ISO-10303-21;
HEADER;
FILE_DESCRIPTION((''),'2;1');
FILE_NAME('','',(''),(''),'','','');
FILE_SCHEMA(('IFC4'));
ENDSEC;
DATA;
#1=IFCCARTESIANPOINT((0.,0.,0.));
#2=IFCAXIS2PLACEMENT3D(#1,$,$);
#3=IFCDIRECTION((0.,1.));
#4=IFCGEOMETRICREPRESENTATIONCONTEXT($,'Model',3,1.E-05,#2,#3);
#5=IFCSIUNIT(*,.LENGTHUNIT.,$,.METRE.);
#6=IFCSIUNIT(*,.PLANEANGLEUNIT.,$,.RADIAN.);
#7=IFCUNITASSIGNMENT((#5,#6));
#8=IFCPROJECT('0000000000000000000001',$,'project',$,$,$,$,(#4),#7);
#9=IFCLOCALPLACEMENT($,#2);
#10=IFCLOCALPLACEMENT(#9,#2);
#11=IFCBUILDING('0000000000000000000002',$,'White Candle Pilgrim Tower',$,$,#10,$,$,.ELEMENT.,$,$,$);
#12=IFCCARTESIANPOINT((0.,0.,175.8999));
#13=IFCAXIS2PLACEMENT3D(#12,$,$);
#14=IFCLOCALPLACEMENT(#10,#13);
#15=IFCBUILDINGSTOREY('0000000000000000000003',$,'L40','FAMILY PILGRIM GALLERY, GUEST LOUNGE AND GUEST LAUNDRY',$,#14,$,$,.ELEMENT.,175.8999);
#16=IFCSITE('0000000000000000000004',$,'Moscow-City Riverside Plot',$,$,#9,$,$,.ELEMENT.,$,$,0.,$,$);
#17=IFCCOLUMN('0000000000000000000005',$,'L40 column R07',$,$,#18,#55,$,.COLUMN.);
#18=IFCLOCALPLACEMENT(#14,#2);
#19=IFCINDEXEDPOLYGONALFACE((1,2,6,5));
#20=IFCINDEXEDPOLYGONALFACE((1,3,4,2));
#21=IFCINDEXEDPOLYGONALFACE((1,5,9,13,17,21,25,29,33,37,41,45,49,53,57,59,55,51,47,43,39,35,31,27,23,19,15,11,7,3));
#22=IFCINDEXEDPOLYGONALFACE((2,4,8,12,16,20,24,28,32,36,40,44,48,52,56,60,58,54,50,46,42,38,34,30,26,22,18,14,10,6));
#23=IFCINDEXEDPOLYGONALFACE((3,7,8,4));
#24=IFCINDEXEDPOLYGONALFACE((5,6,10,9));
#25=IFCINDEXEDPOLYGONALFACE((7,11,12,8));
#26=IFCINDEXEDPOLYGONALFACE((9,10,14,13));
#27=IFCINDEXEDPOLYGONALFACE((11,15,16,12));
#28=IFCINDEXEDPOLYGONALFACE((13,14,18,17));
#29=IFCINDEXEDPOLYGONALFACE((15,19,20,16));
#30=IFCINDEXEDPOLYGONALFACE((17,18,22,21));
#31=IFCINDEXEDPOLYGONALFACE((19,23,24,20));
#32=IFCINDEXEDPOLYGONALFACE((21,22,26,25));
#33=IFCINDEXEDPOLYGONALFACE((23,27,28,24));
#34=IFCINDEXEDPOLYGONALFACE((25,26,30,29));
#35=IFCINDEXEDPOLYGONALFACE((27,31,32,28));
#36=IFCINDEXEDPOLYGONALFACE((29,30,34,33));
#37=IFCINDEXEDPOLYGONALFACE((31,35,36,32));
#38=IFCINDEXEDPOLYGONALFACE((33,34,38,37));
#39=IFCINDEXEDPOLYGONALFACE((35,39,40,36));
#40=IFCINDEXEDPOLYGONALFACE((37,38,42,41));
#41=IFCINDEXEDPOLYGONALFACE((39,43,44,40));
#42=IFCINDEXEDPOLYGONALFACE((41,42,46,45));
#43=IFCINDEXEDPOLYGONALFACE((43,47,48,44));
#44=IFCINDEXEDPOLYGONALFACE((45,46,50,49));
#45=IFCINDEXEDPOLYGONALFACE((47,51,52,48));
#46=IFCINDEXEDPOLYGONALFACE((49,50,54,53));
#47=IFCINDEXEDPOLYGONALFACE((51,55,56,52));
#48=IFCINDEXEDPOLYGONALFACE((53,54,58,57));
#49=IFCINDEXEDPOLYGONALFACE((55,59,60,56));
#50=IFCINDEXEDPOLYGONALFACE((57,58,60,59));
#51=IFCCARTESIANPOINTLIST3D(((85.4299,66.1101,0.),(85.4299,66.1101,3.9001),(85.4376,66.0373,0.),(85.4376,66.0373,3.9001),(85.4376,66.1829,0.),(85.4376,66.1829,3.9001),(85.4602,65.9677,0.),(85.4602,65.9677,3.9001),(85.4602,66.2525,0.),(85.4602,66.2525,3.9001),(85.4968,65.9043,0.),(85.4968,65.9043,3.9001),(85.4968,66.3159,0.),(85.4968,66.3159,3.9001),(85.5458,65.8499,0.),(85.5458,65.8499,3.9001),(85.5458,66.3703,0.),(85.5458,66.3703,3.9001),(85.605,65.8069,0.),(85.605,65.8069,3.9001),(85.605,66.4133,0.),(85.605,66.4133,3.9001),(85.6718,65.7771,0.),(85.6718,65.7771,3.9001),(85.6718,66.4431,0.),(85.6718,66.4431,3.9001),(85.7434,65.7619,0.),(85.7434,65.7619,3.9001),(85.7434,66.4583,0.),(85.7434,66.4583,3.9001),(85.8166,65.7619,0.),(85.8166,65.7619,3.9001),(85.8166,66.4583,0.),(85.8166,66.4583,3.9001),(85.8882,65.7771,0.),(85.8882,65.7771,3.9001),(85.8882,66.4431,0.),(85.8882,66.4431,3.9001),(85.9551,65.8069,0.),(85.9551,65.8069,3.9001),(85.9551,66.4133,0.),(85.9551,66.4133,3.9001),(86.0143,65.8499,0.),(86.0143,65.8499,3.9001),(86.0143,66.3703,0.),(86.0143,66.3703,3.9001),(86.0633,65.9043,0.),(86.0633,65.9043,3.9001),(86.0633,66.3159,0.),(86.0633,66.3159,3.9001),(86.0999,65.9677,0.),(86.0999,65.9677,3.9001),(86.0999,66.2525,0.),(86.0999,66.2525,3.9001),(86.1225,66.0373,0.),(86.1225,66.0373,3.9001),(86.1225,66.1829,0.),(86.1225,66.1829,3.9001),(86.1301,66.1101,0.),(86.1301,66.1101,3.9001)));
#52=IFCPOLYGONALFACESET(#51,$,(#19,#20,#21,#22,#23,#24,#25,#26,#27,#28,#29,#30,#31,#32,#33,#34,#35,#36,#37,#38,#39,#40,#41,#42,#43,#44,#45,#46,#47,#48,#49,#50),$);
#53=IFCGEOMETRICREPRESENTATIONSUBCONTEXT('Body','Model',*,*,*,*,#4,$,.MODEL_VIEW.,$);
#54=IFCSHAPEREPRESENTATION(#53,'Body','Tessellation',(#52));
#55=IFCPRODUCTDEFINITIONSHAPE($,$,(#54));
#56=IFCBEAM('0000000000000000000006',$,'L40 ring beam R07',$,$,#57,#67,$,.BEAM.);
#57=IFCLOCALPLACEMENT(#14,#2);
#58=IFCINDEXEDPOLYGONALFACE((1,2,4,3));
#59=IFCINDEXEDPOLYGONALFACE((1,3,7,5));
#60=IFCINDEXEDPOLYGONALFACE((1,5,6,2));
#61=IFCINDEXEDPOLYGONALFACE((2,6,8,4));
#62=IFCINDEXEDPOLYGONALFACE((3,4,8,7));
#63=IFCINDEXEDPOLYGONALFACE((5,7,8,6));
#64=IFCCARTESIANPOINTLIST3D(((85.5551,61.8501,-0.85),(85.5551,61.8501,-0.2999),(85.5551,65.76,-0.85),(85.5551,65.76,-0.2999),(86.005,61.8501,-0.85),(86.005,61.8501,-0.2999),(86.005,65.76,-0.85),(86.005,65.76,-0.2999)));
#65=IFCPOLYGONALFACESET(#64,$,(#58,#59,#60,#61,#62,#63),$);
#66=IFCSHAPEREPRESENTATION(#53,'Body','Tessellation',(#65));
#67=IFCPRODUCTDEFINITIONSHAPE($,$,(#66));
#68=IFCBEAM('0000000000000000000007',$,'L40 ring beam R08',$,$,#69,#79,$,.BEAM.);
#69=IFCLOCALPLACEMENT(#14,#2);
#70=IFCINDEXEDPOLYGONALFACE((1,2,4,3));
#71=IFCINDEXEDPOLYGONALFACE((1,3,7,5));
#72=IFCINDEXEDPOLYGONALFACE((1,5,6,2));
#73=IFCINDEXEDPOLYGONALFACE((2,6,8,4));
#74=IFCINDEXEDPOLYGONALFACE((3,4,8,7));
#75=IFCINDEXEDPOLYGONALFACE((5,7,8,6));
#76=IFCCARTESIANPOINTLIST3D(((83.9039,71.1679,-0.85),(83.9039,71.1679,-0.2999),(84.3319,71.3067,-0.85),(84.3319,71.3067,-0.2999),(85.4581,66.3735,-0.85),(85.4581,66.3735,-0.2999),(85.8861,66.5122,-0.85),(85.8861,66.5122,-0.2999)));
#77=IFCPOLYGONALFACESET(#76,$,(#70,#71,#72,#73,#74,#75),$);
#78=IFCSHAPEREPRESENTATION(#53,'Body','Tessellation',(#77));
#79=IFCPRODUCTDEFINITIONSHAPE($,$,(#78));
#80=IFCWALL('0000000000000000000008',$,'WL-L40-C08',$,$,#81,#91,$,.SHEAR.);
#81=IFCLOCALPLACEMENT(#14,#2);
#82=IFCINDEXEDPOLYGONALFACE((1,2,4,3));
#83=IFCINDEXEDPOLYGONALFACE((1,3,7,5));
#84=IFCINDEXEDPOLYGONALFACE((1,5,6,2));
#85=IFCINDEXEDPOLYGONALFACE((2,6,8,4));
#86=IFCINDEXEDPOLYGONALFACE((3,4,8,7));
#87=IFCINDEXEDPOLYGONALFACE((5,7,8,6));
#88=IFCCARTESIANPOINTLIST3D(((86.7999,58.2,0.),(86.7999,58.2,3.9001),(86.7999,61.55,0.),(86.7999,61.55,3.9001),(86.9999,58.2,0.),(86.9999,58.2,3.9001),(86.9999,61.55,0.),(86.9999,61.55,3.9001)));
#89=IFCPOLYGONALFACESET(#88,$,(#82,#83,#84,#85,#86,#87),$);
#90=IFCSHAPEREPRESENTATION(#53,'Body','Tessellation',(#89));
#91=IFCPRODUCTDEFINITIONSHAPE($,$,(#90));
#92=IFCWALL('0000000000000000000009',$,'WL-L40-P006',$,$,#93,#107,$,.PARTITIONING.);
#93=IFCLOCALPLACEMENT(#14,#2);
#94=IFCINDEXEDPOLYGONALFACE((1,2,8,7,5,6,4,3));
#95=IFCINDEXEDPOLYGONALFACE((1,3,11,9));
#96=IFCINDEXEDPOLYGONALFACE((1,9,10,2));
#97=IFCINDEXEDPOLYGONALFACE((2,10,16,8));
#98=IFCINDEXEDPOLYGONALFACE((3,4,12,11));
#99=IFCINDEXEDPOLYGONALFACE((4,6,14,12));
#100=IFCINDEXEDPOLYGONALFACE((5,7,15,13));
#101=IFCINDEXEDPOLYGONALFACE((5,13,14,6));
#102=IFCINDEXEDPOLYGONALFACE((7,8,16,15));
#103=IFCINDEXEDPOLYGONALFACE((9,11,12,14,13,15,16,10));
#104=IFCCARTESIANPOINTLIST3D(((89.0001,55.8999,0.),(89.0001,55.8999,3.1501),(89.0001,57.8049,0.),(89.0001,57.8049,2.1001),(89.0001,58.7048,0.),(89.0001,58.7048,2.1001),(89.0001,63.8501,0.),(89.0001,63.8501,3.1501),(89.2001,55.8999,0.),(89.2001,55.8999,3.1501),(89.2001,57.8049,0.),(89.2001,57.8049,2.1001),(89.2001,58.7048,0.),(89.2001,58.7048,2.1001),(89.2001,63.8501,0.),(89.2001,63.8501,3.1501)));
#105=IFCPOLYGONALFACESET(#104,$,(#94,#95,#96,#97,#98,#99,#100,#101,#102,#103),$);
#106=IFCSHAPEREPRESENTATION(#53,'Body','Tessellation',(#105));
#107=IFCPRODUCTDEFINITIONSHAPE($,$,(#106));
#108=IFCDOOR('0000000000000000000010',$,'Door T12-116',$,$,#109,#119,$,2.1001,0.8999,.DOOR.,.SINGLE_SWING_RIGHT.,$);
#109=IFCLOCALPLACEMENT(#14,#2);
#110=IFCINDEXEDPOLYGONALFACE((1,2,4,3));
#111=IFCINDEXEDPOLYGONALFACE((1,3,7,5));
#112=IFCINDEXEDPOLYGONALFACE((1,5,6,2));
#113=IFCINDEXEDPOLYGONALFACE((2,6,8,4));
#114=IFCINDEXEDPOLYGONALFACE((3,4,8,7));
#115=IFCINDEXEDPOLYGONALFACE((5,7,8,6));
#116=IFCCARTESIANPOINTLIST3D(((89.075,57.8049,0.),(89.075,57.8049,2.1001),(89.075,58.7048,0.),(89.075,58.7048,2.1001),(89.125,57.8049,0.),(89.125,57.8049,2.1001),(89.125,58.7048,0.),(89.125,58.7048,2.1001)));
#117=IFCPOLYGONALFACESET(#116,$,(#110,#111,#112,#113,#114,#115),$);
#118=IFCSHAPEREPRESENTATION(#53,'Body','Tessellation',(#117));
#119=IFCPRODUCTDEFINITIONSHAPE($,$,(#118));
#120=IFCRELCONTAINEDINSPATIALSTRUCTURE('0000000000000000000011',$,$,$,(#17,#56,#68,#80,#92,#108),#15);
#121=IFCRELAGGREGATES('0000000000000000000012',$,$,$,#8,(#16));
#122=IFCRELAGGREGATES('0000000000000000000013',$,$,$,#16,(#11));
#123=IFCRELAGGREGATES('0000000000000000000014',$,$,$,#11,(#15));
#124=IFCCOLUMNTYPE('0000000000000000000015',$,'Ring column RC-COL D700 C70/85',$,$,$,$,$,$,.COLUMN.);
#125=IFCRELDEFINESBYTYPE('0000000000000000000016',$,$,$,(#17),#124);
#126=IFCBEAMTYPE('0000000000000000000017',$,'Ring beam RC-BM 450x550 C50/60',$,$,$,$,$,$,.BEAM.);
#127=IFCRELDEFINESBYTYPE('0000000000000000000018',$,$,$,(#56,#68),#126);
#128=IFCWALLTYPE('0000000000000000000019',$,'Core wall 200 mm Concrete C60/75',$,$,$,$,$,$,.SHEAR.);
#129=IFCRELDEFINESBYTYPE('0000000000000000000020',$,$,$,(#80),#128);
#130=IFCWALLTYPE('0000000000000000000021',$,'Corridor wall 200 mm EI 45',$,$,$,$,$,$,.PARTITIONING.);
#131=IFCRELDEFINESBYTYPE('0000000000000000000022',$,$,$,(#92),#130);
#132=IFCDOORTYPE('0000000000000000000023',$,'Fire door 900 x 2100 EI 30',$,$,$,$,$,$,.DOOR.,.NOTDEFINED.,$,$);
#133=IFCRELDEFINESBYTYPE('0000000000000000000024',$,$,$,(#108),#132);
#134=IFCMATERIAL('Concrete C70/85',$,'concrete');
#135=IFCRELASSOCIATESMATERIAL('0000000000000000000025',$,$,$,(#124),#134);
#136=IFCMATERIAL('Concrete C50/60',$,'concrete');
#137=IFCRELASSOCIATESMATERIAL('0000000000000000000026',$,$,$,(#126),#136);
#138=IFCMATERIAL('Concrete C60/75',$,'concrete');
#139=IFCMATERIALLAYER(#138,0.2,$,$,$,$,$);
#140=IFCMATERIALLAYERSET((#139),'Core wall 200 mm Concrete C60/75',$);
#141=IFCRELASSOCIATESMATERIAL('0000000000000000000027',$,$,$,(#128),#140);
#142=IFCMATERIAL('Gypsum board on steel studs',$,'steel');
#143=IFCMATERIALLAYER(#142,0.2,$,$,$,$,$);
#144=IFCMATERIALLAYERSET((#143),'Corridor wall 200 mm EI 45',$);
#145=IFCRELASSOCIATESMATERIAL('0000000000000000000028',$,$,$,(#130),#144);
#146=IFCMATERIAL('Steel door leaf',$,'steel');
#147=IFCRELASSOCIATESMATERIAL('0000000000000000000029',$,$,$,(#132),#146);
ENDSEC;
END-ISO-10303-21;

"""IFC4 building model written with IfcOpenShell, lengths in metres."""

from ifc_helpers import new_model, si_unit, direction, frame, frame_2d, origin, origin_2d, place, context, subcontext, project, spatial, rectangle, circle, extrude, material, layer, layer_set, material_profile, profile_set, type_object, element, fill, save


model = new_model("IFC4")

# Units and contexts
model_context = context("Model", 3, precision=1e-05, world=origin(), true_north=direction((0.0, 1.0)))
body_context = subcontext(model_context, "Body", "Model", "MODEL_VIEW")
ifc_project = project(units=[si_unit("LENGTHUNIT", "METRE"), si_unit("PLANEANGLEUNIT", "RADIAN")], contexts=[model_context])

# Site, building, storey
site_placement = place(None, origin())
site = spatial("IfcSite", under=ifc_project, at=site_placement, Name="Moscow-City Riverside Plot", CompositionType="ELEMENT", RefElevation=0.0)
building_placement = place(site_placement, origin())
building = spatial("IfcBuilding", under=site, at=building_placement, Name="White Candle Pilgrim Tower", CompositionType="ELEMENT")
storey_placement = place(building_placement, frame((0.0, 0.0, 175.8999)))
storey = spatial("IfcBuildingStorey", under=building, at=storey_placement, Name="L40", Description="FAMILY PILGRIM GALLERY, GUEST LOUNGE AND GUEST LAUNDRY", CompositionType="ELEMENT", Elevation=175.8999)

# Column
ifc_material_1 = material(Name="Concrete C70/85", Category="concrete")
ifc_material_profile_1 = material_profile(ifc_material_1, circle(Radius=0.3501, at=origin_2d()), Name="RC-COL D700")
ifc_profile_set_1 = profile_set([ifc_material_profile_1], Name="Concrete C70/85")
column_type = type_object("IfcColumnType", Name="Ring column RC-COL D700 C70/85", PredefinedType="COLUMN", material=ifc_profile_set_1)
column_placement = place(storey_placement, frame((85.78, 66.1101, 0.0), z_axis=(0.0, 0.0, 1.0), x_axis=(1.0, 0.0, 0.0)))
element("IfcColumn", 1, at=column_placement, inside=storey, type_object=column_type, Name="L40 column R07", PredefinedType="COLUMN", context=body_context, shape_type="SweptSolid", body=[
    extrude(circle(Radius=0.3501, at=origin_2d()), origin(), (0.0, 0.0, 1.0), 3.9001),
])

# Beams
ifc_material_2 = material(Name="Concrete C50/60", Category="concrete")
ifc_material_profile_2 = material_profile(ifc_material_2, rectangle(XDim=0.45, YDim=0.55, at=origin_2d()), Name="RC-BM 450x550")
ifc_profile_set_2 = profile_set([ifc_material_profile_2], Name="Concrete C50/60")
beam_type = type_object("IfcBeamType", Name="Ring beam RC-BM 450x550 C50/60", PredefinedType="BEAM", material=ifc_profile_set_2)
beam_1_placement = place(storey_placement, frame((85.78, 65.76, -0.575), z_axis=(0.0, -1.0, 0.0), x_axis=(1.0, 0.0, 0.0)))
element("IfcBeam", 2, at=beam_1_placement, inside=storey, type_object=beam_type, Name="L40 ring beam R07", PredefinedType="BEAM", context=body_context, shape_type="SweptSolid", body=[
    extrude(rectangle(XDim=0.45, YDim=0.55, at=origin_2d()), origin(), (0.0, 0.0, 1.0), 3.9099),
])
beam_2_placement = place(storey_placement, frame((85.6721, 66.4429, -0.575), z_axis=(-0.30837, 0.951267, 0.0), x_axis=(-0.951267, -0.30837, 0.0)))
element("IfcBeam", 3, at=beam_2_placement, inside=storey, type_object=beam_type, Name="L40 ring beam R08", PredefinedType="BEAM", context=body_context, shape_type="SweptSolid", body=[
    extrude(rectangle(XDim=0.45, YDim=0.55, at=origin_2d()), origin(), (0.0, 0.0, 1.0), 5.04),
])

# Wall
ifc_material_3 = material(Name="Concrete C60/75", Category="concrete")
ifc_layer_1 = layer(ifc_material_3, 0.2)
ifc_layer_set_1 = layer_set([ifc_layer_1], Name="Core wall 200 mm Concrete C60/75")
wall_type_1 = type_object("IfcWallType", Name="Core wall 200 mm Concrete C60/75", PredefinedType="SHEAR", material=ifc_layer_set_1)
wall_1_placement = place(storey_placement, frame((86.8999, 58.2, 0.0), z_axis=(0.0, 0.0, 1.0), x_axis=(0.0, 1.0, 0.0)))
element("IfcWall", 4, at=wall_1_placement, inside=storey, type_object=wall_type_1, Name="WL-L40-C08", PredefinedType="SHEAR", context=body_context, shape_type="SweptSolid", body=[
    extrude(rectangle(XDim=3.3501, YDim=0.2, at=frame_2d((1.675, 0.0))), origin(), (0.0, 0.0, 1.0), 3.9001),
])

# Wall, opening, door
ifc_material_4 = material(Name="Gypsum board on steel studs", Category="steel")
ifc_layer_2 = layer(ifc_material_4, 0.2)
ifc_layer_set_2 = layer_set([ifc_layer_2], Name="Corridor wall 200 mm EI 45")
wall_type_2 = type_object("IfcWallType", Name="Corridor wall 200 mm EI 45", PredefinedType="PARTITIONING", material=ifc_layer_set_2)
wall_2_placement = place(storey_placement, frame((89.1001, 63.8501, 0.0), z_axis=(0.0, 0.0, 1.0), x_axis=(0.0, -1.0, 0.0)))
wall_2 = element("IfcWall", 5, at=wall_2_placement, inside=storey, type_object=wall_type_2, Name="WL-L40-P006", PredefinedType="PARTITIONING", context=body_context, shape_type="SweptSolid", body=[
    extrude(rectangle(XDim=7.9502, YDim=0.2, at=frame_2d((3.9751, 0.0))), origin(), (0.0, 0.0, 1.0), 3.1501),
])
opening_1_placement = place(wall_2_placement, frame((5.1453, 0.0, 0.0)))
opening_1 = element("IfcOpeningElement", 6, at=opening_1_placement, cuts=wall_2, PredefinedType="OPENING", context=body_context, shape_type="SweptSolid", body=[
    extrude(rectangle(XDim=0.8999, YDim=2.1001, at=frame_2d((0.45, 1.05))), frame((0.0, 0.1099, 0.0), z_axis=(0.0, -1.0, 0.0), x_axis=(1.0, 0.0, 0.0)), (0.0, 0.0, 1.0), 0.22),
])
ifc_material_5 = material(Name="Steel door leaf", Category="steel")
door_type_1 = type_object("IfcDoorType", Name="Fire door 900 x 2100 EI 30", OperationType="NOTDEFINED", PredefinedType="DOOR", material=ifc_material_5)
door_1_placement = place(opening_1_placement, origin())
door_1 = element("IfcDoor", 7, at=door_1_placement, inside=storey, type_object=door_type_1, Name="Door T12-116", OperationType="SINGLE_SWING_RIGHT", OverallHeight=2.1001, OverallWidth=0.8999, PredefinedType="DOOR", context=body_context, shape_type="SweptSolid", body=[
    extrude(rectangle(XDim=0.8999, YDim=2.1001, at=frame_2d((0.45, 1.05))), frame((0.0, 0.0249, 0.0), z_axis=(0.0, -1.0, 0.0), x_axis=(1.0, 0.0, 0.0)), (0.0, 0.0, 1.0), 0.05),
])
fill(opening_1, door_1)

save(model, "model.ifc")
